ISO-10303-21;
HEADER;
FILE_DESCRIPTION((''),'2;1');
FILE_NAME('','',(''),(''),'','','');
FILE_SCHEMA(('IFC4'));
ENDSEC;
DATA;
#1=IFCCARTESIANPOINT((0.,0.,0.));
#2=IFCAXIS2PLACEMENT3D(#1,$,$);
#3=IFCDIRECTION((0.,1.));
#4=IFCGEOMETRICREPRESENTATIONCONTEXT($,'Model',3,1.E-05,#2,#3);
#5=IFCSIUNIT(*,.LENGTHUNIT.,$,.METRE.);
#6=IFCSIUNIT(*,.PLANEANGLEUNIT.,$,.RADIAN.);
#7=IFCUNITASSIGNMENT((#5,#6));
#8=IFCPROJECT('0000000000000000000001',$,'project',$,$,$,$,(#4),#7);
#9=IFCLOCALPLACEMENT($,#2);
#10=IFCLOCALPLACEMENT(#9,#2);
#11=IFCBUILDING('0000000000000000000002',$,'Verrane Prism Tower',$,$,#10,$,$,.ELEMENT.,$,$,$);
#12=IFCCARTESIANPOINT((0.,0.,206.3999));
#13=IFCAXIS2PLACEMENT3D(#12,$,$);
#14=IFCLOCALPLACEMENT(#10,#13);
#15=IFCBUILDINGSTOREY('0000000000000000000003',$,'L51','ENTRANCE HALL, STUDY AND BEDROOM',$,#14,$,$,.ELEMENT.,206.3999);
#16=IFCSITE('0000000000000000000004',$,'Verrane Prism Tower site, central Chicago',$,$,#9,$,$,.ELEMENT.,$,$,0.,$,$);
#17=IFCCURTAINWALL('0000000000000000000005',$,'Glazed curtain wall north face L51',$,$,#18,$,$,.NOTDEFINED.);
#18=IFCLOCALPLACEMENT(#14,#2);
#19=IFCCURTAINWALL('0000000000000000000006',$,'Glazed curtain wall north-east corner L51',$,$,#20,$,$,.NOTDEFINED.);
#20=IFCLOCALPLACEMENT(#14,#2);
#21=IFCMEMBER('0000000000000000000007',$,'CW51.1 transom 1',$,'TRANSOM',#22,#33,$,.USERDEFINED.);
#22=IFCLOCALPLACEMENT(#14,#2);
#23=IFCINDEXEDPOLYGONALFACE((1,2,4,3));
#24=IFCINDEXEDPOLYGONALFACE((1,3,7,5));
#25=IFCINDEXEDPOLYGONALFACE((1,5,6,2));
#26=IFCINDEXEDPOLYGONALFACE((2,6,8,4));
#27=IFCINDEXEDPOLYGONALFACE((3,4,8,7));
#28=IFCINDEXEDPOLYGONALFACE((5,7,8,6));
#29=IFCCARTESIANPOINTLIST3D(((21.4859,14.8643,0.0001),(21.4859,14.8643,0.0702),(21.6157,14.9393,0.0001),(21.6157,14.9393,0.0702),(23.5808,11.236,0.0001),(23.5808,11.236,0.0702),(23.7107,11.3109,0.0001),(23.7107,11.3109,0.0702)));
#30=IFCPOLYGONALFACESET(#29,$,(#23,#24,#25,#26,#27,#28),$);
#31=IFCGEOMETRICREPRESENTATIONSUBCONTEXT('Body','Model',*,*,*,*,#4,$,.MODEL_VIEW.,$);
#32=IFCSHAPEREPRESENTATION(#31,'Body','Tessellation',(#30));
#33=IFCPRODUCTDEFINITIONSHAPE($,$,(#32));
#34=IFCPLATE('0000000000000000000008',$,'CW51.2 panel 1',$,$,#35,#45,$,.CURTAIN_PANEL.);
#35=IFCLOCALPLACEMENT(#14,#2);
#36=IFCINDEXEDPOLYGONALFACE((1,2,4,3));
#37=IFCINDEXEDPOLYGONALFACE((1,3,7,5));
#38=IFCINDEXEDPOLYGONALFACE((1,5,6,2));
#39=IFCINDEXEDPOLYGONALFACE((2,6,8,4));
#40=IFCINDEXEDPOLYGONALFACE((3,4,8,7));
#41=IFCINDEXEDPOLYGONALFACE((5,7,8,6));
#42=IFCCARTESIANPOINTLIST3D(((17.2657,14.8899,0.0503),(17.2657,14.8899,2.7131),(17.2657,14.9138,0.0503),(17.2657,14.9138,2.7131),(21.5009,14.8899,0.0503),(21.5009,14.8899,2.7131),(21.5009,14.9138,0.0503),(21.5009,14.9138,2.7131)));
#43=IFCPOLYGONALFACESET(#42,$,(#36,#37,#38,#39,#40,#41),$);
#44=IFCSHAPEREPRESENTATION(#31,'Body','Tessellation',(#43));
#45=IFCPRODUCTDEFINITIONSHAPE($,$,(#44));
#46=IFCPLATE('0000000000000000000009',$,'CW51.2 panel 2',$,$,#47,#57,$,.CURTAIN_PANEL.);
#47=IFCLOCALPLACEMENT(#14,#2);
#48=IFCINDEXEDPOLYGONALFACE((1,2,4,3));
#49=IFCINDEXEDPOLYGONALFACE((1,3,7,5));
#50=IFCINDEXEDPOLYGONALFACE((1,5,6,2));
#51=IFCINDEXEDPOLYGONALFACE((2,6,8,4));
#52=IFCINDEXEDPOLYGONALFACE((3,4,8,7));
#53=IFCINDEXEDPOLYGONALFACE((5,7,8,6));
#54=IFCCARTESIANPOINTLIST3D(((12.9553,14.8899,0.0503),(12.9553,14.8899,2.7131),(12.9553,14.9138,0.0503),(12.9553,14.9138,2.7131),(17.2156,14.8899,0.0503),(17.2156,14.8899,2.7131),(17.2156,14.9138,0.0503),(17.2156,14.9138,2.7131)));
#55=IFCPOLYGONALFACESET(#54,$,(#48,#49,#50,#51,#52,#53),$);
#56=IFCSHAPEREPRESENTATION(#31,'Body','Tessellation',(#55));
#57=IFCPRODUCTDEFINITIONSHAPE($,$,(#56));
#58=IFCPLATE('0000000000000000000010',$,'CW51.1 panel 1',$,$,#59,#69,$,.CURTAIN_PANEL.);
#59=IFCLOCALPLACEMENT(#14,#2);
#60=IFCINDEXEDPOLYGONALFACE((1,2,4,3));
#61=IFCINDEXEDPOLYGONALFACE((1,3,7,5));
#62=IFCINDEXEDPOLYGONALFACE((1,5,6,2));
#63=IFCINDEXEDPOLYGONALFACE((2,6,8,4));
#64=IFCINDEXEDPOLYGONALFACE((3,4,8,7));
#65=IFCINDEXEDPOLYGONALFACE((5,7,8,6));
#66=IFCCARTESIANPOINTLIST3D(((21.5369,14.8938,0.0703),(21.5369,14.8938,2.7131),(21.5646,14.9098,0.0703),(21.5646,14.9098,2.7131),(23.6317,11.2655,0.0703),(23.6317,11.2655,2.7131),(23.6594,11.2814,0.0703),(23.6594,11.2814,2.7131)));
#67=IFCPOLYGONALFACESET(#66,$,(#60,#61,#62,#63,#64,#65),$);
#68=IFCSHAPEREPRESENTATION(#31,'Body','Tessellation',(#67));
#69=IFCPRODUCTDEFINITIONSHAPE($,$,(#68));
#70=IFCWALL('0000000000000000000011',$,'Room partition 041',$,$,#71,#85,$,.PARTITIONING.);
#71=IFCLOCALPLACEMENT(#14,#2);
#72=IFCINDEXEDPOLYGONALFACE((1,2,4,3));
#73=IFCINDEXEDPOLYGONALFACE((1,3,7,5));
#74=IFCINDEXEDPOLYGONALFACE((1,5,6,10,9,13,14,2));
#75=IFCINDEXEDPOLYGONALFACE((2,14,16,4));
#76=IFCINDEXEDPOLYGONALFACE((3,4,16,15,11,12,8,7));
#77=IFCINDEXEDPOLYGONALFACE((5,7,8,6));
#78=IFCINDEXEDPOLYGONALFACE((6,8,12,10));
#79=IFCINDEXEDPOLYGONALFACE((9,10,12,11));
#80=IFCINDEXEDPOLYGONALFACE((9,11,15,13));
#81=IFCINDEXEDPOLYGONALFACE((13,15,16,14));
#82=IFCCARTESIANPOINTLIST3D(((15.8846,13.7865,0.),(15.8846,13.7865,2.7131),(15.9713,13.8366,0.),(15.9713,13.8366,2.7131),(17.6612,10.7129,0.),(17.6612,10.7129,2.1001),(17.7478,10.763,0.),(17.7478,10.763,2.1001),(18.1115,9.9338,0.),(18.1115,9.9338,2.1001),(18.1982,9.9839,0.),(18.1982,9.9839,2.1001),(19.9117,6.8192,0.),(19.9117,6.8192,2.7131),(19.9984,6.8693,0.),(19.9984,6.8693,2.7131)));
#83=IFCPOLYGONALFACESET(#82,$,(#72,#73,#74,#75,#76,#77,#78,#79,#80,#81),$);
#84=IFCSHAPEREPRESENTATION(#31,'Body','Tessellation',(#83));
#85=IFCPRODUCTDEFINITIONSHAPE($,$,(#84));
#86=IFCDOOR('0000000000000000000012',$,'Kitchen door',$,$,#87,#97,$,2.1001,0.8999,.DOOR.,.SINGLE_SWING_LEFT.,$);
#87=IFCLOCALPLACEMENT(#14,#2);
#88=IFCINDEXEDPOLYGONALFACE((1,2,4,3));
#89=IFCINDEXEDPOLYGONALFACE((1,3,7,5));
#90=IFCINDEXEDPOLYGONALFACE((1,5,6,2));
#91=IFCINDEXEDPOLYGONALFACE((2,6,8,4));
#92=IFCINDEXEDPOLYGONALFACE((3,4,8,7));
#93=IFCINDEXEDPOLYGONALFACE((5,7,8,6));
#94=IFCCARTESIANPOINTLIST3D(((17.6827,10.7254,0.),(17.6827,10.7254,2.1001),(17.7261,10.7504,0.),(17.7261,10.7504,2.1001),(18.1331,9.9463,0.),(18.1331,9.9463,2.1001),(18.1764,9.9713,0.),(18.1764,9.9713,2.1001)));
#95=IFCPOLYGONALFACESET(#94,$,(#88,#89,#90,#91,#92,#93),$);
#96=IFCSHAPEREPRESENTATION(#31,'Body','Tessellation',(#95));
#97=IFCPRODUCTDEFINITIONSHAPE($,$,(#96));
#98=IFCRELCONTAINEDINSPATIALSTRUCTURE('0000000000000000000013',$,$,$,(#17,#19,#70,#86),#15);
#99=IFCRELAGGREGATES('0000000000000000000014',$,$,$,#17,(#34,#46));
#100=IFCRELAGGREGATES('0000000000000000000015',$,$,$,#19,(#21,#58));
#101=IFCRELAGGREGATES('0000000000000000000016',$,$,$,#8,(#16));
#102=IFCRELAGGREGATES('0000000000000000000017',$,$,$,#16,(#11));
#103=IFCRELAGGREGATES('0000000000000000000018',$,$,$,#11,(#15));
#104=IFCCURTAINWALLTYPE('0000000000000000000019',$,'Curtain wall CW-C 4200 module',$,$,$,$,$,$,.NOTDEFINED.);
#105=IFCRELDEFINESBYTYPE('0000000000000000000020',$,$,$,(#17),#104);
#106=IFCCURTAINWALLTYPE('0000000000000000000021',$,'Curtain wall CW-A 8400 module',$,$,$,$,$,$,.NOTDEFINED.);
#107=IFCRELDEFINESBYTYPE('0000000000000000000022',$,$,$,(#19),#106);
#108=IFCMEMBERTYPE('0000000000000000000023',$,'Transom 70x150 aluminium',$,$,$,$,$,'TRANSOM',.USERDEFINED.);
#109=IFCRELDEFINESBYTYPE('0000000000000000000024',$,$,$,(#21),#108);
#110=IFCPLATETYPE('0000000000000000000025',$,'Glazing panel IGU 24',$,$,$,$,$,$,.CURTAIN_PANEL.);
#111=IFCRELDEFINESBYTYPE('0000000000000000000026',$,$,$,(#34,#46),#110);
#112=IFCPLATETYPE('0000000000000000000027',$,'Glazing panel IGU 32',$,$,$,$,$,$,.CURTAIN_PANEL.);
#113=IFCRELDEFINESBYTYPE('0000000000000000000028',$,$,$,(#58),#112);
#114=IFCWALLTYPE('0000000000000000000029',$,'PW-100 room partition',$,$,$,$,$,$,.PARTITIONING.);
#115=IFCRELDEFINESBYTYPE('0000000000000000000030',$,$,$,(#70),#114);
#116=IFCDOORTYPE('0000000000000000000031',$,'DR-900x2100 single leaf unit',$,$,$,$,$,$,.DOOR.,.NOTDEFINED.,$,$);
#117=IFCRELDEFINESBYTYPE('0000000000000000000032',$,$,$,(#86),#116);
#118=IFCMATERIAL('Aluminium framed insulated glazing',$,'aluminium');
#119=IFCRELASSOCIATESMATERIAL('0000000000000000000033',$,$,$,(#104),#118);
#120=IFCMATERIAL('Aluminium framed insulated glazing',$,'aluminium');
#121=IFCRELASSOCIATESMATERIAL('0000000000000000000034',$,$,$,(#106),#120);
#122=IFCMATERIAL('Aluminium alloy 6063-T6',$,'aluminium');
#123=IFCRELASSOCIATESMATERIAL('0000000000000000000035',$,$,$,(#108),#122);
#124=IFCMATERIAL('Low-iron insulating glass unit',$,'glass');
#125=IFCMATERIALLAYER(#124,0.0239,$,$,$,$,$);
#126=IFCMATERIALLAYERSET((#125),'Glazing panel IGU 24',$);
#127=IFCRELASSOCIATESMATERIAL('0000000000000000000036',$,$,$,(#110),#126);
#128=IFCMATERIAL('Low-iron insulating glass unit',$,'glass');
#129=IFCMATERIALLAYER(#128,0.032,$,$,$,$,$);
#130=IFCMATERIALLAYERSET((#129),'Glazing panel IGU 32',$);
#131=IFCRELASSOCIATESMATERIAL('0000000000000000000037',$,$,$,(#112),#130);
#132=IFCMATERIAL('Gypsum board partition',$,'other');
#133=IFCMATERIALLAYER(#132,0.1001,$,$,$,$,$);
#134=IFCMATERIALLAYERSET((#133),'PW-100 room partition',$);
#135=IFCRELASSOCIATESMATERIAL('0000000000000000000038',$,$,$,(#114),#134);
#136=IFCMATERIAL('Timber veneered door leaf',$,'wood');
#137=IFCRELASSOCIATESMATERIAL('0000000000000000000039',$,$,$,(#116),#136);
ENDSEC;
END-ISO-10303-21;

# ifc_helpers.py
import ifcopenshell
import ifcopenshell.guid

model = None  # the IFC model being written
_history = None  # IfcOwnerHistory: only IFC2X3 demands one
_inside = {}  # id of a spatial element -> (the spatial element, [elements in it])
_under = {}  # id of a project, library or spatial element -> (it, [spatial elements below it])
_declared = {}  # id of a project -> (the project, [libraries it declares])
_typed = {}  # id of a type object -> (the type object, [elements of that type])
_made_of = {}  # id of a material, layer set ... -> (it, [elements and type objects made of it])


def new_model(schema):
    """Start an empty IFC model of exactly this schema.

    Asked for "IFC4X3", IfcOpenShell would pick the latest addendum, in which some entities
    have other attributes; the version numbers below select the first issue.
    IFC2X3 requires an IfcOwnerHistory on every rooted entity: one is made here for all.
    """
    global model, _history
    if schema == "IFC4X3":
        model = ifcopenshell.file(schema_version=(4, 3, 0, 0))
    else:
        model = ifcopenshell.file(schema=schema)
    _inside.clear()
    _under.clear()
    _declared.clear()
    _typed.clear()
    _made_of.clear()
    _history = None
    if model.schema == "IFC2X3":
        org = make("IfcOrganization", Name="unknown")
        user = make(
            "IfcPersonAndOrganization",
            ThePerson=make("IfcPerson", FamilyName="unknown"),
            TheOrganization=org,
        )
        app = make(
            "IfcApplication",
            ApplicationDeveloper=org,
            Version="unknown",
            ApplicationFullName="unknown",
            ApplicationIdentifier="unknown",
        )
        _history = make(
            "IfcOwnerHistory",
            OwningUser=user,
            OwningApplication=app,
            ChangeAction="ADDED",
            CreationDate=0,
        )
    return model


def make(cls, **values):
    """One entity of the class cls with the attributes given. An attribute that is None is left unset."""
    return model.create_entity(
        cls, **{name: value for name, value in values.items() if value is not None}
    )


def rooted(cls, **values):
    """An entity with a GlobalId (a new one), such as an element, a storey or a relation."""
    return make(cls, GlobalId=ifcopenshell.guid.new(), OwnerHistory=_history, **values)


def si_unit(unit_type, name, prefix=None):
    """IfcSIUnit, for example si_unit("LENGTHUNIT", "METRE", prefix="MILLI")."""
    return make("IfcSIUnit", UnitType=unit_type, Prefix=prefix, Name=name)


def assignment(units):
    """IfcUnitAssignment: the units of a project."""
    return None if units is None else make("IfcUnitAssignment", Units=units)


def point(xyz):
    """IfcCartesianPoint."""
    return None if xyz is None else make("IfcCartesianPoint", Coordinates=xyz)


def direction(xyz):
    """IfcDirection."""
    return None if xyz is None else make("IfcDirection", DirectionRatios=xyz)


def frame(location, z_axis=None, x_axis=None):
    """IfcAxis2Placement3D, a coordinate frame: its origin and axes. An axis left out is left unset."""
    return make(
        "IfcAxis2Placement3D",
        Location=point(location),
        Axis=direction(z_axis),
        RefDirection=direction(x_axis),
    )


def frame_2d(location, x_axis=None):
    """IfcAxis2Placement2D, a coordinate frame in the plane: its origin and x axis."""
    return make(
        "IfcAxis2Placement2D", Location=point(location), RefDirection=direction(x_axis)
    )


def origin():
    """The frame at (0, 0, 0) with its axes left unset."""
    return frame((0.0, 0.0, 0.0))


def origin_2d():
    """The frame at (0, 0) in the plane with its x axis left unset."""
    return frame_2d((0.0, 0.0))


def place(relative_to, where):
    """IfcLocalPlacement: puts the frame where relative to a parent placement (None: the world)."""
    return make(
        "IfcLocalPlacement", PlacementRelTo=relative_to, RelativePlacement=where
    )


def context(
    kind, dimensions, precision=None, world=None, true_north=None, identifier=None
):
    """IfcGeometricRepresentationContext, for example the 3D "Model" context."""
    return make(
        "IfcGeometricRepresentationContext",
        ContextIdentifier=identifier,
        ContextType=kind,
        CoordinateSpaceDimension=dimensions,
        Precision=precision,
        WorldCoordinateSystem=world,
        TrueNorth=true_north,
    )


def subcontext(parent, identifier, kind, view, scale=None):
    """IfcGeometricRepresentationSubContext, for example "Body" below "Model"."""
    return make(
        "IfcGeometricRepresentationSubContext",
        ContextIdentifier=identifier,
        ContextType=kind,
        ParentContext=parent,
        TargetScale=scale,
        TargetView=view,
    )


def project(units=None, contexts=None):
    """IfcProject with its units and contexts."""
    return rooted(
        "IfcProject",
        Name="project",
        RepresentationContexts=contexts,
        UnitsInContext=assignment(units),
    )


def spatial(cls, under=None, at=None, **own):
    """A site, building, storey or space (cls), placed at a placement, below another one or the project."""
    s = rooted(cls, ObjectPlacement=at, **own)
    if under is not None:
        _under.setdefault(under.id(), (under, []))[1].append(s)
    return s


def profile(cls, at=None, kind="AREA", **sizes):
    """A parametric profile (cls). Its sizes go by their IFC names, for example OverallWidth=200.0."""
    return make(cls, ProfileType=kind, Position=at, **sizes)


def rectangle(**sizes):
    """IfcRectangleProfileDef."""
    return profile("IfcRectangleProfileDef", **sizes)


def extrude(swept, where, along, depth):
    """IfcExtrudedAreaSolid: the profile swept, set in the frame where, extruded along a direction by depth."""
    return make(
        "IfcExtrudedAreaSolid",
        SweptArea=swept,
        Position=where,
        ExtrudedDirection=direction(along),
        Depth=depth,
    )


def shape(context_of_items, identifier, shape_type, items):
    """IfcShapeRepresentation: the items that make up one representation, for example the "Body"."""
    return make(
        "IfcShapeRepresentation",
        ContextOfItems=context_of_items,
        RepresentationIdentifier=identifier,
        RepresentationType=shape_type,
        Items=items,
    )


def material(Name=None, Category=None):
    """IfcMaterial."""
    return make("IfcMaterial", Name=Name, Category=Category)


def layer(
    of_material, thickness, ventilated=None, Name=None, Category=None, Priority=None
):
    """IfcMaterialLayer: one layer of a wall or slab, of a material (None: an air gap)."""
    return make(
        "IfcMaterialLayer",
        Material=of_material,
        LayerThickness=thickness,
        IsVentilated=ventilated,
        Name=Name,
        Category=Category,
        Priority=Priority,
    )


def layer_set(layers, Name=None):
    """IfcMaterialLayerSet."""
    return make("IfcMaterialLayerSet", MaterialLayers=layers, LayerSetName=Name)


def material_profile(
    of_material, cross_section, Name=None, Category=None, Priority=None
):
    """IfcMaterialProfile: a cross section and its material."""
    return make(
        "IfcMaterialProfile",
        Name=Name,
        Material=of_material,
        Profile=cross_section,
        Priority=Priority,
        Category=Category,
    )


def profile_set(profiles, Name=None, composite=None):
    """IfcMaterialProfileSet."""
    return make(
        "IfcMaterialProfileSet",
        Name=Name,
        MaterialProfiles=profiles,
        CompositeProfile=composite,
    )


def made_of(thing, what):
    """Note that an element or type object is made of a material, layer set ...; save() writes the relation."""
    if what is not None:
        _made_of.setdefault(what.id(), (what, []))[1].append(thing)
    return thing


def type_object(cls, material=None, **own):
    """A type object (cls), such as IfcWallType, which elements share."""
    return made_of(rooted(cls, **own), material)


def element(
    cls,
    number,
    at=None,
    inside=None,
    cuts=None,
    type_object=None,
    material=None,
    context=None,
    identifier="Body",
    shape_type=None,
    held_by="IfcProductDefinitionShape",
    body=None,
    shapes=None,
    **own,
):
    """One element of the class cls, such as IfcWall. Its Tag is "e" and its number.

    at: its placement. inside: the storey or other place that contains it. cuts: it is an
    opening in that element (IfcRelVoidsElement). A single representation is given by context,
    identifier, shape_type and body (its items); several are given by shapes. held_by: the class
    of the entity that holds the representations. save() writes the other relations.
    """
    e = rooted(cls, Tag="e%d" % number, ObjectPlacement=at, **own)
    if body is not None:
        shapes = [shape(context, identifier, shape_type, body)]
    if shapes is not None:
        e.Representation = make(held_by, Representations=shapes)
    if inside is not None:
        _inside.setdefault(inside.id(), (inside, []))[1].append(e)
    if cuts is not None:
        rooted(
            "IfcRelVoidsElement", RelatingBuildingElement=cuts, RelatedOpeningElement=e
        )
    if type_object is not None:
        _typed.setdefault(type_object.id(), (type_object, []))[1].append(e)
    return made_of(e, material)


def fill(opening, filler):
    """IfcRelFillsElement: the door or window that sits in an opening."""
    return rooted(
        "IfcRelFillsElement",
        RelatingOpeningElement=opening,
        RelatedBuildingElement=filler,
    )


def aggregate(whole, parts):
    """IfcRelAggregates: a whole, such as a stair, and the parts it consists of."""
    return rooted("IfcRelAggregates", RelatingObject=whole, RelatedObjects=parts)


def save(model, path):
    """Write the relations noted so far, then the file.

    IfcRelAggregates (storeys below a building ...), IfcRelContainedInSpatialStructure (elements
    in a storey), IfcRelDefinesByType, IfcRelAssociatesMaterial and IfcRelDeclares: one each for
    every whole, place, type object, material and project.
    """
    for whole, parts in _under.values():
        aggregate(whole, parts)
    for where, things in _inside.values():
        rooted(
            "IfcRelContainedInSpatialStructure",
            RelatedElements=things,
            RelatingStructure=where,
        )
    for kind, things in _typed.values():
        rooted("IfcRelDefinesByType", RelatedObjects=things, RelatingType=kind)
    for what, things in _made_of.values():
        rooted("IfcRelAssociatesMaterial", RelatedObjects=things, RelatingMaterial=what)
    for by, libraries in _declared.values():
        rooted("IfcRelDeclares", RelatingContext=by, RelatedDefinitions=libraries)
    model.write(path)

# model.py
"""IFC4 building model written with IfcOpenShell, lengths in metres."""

from ifc_helpers import new_model, si_unit, direction, frame, frame_2d, origin, origin_2d, place, context, subcontext, project, spatial, rectangle, extrude, material, layer, layer_set, material_profile, profile_set, type_object, element, fill, aggregate, save


model = new_model("IFC4")

# Units and contexts
model_context = context("Model", 3, precision=1e-05, world=origin(), true_north=direction((0.0, 1.0)))
body_context = subcontext(model_context, "Body", "Model", "MODEL_VIEW")
ifc_project = project(units=[si_unit("LENGTHUNIT", "METRE"), si_unit("PLANEANGLEUNIT", "RADIAN")], contexts=[model_context])

# Site, building, storey
site_placement = place(None, origin())
site = spatial("IfcSite", under=ifc_project, at=site_placement, Name="Verrane Prism Tower site, central Chicago", CompositionType="ELEMENT", RefElevation=0.0)
building_placement = place(site_placement, origin())
building = spatial("IfcBuilding", under=site, at=building_placement, Name="Verrane Prism Tower", CompositionType="ELEMENT")
storey_placement = place(building_placement, frame((0.0, 0.0, 206.3999)))
storey = spatial("IfcBuildingStorey", under=building, at=storey_placement, Name="L51", Description="ENTRANCE HALL, STUDY AND BEDROOM", CompositionType="ELEMENT", Elevation=206.3999)

# Curtain wall
ifc_material_1 = material(Name="Aluminium framed insulated glazing", Category="aluminium")
curtain_wall_type_1 = type_object("IfcCurtainWallType", Name="Curtain wall CW-C 4200 module", PredefinedType="NOTDEFINED", material=ifc_material_1)
curtain_wall_1_placement = place(storey_placement, origin())
curtain_wall_1 = element("IfcCurtainWall", 1, at=curtain_wall_1_placement, inside=storey, type_object=curtain_wall_type_1, Name="Glazed curtain wall north face L51", PredefinedType="NOTDEFINED")

# Curtain wall
ifc_material_2 = material(Name="Aluminium framed insulated glazing", Category="aluminium")
curtain_wall_type_2 = type_object("IfcCurtainWallType", Name="Curtain wall CW-A 8400 module", PredefinedType="NOTDEFINED", material=ifc_material_2)
curtain_wall_2_placement = place(storey_placement, origin())
curtain_wall_2 = element("IfcCurtainWall", 2, at=curtain_wall_2_placement, inside=storey, type_object=curtain_wall_type_2, Name="Glazed curtain wall north-east corner L51", PredefinedType="NOTDEFINED")

# Member
ifc_material_3 = material(Name="Aluminium alloy 6063-T6", Category="aluminium")
ifc_material_profile_1 = material_profile(ifc_material_3, rectangle(XDim=0.1499, YDim=0.0701, at=origin_2d()), Name="Transom 70x150 aluminium")
ifc_profile_set_1 = profile_set([ifc_material_profile_1], Name="Aluminium alloy 6063-T6")
member_type_1 = type_object("IfcMemberType", Name="Transom 70x150 aluminium", ElementType="TRANSOM", PredefinedType="USERDEFINED", material=ifc_profile_set_1)
member_1_placement = place(storey_placement, frame((23.6458, 11.2734, 0.0352), z_axis=(-0.500018, 0.866015, 0.0), x_axis=(-0.866015, -0.500018, 0.0)))
member_1 = element("IfcMember", 3, at=member_1_placement, type_object=member_type_1, Name="CW51.1 transom 1", ObjectType="TRANSOM", PredefinedType="USERDEFINED", context=body_context, shape_type="SweptSolid", body=[
    extrude(rectangle(XDim=0.1499, YDim=0.0701, at=origin_2d()), origin(), (0.0, 0.0, 1.0), 4.1897),
])

# Plates
ifc_material_4 = material(Name="Low-iron insulating glass unit", Category="glass")
ifc_layer_1 = layer(ifc_material_4, 0.0239)
ifc_layer_set_1 = layer_set([ifc_layer_1], Name="Glazing panel IGU 24")
plate_type_1 = type_object("IfcPlateType", Name="Glazing panel IGU 24", PredefinedType="CURTAIN_PANEL", material=ifc_layer_set_1)
plate_1_placement = place(storey_placement, frame((19.3833, 14.9019, 0.0503), z_axis=(0.0, 0.0, 1.0), x_axis=(-1.0, 0.0, 0.0)))
plate_1 = element("IfcPlate", 4, at=plate_1_placement, type_object=plate_type_1, Name="CW51.2 panel 1", PredefinedType="CURTAIN_PANEL", context=body_context, shape_type="SweptSolid", body=[
    extrude(rectangle(XDim=4.2351, YDim=0.0239, at=origin_2d()), origin(), (0.0, 0.0, 1.0), 2.6628),
])
plate_2_placement = place(storey_placement, frame((15.0854, 14.9019, 0.0503), z_axis=(0.0, 0.0, 1.0), x_axis=(-1.0, 0.0, 0.0)))
plate_2 = element("IfcPlate", 5, at=plate_2_placement, type_object=plate_type_1, Name="CW51.2 panel 2", PredefinedType="CURTAIN_PANEL", context=body_context, shape_type="SweptSolid", body=[
    extrude(rectangle(XDim=4.2603, YDim=0.0239, at=origin_2d()), origin(), (0.0, 0.0, 1.0), 2.6628),
])
aggregate(curtain_wall_1, [plate_1, plate_2])
ifc_material_5 = material(Name="Low-iron insulating glass unit", Category="glass")
ifc_layer_2 = layer(ifc_material_5, 0.032)
ifc_layer_set_2 = layer_set([ifc_layer_2], Name="Glazing panel IGU 32")
plate_type_2 = type_object("IfcPlateType", Name="Glazing panel IGU 32", PredefinedType="CURTAIN_PANEL", material=ifc_layer_set_2)
plate_3_placement = place(storey_placement, frame((22.5981, 13.0876, 0.0703), z_axis=(0.0, 0.0, 1.0), x_axis=(-0.499999, 0.866026, 0.0)))
plate_3 = element("IfcPlate", 6, at=plate_3_placement, type_object=plate_type_2, Name="CW51.1 panel 1", PredefinedType="CURTAIN_PANEL", context=body_context, shape_type="SweptSolid", body=[
    extrude(rectangle(XDim=4.1897, YDim=0.032, at=origin_2d()), origin(), (0.0, 0.0, 1.0), 2.6428),
])
aggregate(curtain_wall_2, [member_1, plate_3])

# Wall, opening, door
ifc_material_6 = material(Name="Gypsum board partition", Category="other")
ifc_layer_3 = layer(ifc_material_6, 0.1001)
ifc_layer_set_3 = layer_set([ifc_layer_3], Name="PW-100 room partition")
wall_type = type_object("IfcWallType", Name="PW-100 room partition", PredefinedType="PARTITIONING", material=ifc_layer_set_3)
wall_placement = place(storey_placement, frame((15.928, 13.8115, 0.0), z_axis=(0.0, 0.0, 1.0), x_axis=(0.500423, -0.865781, 0.0)))
wall = element("IfcWall", 7, at=wall_placement, inside=storey, type_object=wall_type, Name="Room partition 041", PredefinedType="PARTITIONING", context=body_context, shape_type="SweptSolid", body=[
    extrude(rectangle(XDim=8.0474, YDim=0.1001, at=frame_2d((4.0237, 0.0))), origin(), (0.0, 0.0, 1.0), 2.7131),
])
opening_placement = place(wall_placement, frame((3.55, 0.0, 0.0)))
opening = element("IfcOpeningElement", 8, at=opening_placement, cuts=wall, PredefinedType="OPENING", context=body_context, shape_type="SweptSolid", body=[
    extrude(rectangle(XDim=0.8999, YDim=2.1001, at=frame_2d((0.45, 1.05))), frame((0.0, 0.0601, 0.0), z_axis=(0.0, -1.0, 0.0), x_axis=(1.0, 0.0, 0.0)), (0.0, 0.0, 1.0), 0.1201),
])
ifc_material_7 = material(Name="Timber veneered door leaf", Category="wood")
door_type = type_object("IfcDoorType", Name="DR-900x2100 single leaf unit", OperationType="NOTDEFINED", PredefinedType="DOOR", material=ifc_material_7)
door_placement = place(opening_placement, origin())
door = element("IfcDoor", 9, at=door_placement, inside=storey, type_object=door_type, Name="Kitchen door", OperationType="SINGLE_SWING_LEFT", OverallHeight=2.1001, OverallWidth=0.8999, PredefinedType="DOOR", context=body_context, shape_type="SweptSolid", body=[
    extrude(rectangle(XDim=0.8999, YDim=2.1001, at=frame_2d((0.45, 1.05))), frame((0.0, 0.0249, 0.0), z_axis=(0.0, -1.0, 0.0), x_axis=(1.0, 0.0, 0.0)), (0.0, 0.0, 1.0), 0.05),
])
fill(opening, door)

save(model, "model.ifc")
